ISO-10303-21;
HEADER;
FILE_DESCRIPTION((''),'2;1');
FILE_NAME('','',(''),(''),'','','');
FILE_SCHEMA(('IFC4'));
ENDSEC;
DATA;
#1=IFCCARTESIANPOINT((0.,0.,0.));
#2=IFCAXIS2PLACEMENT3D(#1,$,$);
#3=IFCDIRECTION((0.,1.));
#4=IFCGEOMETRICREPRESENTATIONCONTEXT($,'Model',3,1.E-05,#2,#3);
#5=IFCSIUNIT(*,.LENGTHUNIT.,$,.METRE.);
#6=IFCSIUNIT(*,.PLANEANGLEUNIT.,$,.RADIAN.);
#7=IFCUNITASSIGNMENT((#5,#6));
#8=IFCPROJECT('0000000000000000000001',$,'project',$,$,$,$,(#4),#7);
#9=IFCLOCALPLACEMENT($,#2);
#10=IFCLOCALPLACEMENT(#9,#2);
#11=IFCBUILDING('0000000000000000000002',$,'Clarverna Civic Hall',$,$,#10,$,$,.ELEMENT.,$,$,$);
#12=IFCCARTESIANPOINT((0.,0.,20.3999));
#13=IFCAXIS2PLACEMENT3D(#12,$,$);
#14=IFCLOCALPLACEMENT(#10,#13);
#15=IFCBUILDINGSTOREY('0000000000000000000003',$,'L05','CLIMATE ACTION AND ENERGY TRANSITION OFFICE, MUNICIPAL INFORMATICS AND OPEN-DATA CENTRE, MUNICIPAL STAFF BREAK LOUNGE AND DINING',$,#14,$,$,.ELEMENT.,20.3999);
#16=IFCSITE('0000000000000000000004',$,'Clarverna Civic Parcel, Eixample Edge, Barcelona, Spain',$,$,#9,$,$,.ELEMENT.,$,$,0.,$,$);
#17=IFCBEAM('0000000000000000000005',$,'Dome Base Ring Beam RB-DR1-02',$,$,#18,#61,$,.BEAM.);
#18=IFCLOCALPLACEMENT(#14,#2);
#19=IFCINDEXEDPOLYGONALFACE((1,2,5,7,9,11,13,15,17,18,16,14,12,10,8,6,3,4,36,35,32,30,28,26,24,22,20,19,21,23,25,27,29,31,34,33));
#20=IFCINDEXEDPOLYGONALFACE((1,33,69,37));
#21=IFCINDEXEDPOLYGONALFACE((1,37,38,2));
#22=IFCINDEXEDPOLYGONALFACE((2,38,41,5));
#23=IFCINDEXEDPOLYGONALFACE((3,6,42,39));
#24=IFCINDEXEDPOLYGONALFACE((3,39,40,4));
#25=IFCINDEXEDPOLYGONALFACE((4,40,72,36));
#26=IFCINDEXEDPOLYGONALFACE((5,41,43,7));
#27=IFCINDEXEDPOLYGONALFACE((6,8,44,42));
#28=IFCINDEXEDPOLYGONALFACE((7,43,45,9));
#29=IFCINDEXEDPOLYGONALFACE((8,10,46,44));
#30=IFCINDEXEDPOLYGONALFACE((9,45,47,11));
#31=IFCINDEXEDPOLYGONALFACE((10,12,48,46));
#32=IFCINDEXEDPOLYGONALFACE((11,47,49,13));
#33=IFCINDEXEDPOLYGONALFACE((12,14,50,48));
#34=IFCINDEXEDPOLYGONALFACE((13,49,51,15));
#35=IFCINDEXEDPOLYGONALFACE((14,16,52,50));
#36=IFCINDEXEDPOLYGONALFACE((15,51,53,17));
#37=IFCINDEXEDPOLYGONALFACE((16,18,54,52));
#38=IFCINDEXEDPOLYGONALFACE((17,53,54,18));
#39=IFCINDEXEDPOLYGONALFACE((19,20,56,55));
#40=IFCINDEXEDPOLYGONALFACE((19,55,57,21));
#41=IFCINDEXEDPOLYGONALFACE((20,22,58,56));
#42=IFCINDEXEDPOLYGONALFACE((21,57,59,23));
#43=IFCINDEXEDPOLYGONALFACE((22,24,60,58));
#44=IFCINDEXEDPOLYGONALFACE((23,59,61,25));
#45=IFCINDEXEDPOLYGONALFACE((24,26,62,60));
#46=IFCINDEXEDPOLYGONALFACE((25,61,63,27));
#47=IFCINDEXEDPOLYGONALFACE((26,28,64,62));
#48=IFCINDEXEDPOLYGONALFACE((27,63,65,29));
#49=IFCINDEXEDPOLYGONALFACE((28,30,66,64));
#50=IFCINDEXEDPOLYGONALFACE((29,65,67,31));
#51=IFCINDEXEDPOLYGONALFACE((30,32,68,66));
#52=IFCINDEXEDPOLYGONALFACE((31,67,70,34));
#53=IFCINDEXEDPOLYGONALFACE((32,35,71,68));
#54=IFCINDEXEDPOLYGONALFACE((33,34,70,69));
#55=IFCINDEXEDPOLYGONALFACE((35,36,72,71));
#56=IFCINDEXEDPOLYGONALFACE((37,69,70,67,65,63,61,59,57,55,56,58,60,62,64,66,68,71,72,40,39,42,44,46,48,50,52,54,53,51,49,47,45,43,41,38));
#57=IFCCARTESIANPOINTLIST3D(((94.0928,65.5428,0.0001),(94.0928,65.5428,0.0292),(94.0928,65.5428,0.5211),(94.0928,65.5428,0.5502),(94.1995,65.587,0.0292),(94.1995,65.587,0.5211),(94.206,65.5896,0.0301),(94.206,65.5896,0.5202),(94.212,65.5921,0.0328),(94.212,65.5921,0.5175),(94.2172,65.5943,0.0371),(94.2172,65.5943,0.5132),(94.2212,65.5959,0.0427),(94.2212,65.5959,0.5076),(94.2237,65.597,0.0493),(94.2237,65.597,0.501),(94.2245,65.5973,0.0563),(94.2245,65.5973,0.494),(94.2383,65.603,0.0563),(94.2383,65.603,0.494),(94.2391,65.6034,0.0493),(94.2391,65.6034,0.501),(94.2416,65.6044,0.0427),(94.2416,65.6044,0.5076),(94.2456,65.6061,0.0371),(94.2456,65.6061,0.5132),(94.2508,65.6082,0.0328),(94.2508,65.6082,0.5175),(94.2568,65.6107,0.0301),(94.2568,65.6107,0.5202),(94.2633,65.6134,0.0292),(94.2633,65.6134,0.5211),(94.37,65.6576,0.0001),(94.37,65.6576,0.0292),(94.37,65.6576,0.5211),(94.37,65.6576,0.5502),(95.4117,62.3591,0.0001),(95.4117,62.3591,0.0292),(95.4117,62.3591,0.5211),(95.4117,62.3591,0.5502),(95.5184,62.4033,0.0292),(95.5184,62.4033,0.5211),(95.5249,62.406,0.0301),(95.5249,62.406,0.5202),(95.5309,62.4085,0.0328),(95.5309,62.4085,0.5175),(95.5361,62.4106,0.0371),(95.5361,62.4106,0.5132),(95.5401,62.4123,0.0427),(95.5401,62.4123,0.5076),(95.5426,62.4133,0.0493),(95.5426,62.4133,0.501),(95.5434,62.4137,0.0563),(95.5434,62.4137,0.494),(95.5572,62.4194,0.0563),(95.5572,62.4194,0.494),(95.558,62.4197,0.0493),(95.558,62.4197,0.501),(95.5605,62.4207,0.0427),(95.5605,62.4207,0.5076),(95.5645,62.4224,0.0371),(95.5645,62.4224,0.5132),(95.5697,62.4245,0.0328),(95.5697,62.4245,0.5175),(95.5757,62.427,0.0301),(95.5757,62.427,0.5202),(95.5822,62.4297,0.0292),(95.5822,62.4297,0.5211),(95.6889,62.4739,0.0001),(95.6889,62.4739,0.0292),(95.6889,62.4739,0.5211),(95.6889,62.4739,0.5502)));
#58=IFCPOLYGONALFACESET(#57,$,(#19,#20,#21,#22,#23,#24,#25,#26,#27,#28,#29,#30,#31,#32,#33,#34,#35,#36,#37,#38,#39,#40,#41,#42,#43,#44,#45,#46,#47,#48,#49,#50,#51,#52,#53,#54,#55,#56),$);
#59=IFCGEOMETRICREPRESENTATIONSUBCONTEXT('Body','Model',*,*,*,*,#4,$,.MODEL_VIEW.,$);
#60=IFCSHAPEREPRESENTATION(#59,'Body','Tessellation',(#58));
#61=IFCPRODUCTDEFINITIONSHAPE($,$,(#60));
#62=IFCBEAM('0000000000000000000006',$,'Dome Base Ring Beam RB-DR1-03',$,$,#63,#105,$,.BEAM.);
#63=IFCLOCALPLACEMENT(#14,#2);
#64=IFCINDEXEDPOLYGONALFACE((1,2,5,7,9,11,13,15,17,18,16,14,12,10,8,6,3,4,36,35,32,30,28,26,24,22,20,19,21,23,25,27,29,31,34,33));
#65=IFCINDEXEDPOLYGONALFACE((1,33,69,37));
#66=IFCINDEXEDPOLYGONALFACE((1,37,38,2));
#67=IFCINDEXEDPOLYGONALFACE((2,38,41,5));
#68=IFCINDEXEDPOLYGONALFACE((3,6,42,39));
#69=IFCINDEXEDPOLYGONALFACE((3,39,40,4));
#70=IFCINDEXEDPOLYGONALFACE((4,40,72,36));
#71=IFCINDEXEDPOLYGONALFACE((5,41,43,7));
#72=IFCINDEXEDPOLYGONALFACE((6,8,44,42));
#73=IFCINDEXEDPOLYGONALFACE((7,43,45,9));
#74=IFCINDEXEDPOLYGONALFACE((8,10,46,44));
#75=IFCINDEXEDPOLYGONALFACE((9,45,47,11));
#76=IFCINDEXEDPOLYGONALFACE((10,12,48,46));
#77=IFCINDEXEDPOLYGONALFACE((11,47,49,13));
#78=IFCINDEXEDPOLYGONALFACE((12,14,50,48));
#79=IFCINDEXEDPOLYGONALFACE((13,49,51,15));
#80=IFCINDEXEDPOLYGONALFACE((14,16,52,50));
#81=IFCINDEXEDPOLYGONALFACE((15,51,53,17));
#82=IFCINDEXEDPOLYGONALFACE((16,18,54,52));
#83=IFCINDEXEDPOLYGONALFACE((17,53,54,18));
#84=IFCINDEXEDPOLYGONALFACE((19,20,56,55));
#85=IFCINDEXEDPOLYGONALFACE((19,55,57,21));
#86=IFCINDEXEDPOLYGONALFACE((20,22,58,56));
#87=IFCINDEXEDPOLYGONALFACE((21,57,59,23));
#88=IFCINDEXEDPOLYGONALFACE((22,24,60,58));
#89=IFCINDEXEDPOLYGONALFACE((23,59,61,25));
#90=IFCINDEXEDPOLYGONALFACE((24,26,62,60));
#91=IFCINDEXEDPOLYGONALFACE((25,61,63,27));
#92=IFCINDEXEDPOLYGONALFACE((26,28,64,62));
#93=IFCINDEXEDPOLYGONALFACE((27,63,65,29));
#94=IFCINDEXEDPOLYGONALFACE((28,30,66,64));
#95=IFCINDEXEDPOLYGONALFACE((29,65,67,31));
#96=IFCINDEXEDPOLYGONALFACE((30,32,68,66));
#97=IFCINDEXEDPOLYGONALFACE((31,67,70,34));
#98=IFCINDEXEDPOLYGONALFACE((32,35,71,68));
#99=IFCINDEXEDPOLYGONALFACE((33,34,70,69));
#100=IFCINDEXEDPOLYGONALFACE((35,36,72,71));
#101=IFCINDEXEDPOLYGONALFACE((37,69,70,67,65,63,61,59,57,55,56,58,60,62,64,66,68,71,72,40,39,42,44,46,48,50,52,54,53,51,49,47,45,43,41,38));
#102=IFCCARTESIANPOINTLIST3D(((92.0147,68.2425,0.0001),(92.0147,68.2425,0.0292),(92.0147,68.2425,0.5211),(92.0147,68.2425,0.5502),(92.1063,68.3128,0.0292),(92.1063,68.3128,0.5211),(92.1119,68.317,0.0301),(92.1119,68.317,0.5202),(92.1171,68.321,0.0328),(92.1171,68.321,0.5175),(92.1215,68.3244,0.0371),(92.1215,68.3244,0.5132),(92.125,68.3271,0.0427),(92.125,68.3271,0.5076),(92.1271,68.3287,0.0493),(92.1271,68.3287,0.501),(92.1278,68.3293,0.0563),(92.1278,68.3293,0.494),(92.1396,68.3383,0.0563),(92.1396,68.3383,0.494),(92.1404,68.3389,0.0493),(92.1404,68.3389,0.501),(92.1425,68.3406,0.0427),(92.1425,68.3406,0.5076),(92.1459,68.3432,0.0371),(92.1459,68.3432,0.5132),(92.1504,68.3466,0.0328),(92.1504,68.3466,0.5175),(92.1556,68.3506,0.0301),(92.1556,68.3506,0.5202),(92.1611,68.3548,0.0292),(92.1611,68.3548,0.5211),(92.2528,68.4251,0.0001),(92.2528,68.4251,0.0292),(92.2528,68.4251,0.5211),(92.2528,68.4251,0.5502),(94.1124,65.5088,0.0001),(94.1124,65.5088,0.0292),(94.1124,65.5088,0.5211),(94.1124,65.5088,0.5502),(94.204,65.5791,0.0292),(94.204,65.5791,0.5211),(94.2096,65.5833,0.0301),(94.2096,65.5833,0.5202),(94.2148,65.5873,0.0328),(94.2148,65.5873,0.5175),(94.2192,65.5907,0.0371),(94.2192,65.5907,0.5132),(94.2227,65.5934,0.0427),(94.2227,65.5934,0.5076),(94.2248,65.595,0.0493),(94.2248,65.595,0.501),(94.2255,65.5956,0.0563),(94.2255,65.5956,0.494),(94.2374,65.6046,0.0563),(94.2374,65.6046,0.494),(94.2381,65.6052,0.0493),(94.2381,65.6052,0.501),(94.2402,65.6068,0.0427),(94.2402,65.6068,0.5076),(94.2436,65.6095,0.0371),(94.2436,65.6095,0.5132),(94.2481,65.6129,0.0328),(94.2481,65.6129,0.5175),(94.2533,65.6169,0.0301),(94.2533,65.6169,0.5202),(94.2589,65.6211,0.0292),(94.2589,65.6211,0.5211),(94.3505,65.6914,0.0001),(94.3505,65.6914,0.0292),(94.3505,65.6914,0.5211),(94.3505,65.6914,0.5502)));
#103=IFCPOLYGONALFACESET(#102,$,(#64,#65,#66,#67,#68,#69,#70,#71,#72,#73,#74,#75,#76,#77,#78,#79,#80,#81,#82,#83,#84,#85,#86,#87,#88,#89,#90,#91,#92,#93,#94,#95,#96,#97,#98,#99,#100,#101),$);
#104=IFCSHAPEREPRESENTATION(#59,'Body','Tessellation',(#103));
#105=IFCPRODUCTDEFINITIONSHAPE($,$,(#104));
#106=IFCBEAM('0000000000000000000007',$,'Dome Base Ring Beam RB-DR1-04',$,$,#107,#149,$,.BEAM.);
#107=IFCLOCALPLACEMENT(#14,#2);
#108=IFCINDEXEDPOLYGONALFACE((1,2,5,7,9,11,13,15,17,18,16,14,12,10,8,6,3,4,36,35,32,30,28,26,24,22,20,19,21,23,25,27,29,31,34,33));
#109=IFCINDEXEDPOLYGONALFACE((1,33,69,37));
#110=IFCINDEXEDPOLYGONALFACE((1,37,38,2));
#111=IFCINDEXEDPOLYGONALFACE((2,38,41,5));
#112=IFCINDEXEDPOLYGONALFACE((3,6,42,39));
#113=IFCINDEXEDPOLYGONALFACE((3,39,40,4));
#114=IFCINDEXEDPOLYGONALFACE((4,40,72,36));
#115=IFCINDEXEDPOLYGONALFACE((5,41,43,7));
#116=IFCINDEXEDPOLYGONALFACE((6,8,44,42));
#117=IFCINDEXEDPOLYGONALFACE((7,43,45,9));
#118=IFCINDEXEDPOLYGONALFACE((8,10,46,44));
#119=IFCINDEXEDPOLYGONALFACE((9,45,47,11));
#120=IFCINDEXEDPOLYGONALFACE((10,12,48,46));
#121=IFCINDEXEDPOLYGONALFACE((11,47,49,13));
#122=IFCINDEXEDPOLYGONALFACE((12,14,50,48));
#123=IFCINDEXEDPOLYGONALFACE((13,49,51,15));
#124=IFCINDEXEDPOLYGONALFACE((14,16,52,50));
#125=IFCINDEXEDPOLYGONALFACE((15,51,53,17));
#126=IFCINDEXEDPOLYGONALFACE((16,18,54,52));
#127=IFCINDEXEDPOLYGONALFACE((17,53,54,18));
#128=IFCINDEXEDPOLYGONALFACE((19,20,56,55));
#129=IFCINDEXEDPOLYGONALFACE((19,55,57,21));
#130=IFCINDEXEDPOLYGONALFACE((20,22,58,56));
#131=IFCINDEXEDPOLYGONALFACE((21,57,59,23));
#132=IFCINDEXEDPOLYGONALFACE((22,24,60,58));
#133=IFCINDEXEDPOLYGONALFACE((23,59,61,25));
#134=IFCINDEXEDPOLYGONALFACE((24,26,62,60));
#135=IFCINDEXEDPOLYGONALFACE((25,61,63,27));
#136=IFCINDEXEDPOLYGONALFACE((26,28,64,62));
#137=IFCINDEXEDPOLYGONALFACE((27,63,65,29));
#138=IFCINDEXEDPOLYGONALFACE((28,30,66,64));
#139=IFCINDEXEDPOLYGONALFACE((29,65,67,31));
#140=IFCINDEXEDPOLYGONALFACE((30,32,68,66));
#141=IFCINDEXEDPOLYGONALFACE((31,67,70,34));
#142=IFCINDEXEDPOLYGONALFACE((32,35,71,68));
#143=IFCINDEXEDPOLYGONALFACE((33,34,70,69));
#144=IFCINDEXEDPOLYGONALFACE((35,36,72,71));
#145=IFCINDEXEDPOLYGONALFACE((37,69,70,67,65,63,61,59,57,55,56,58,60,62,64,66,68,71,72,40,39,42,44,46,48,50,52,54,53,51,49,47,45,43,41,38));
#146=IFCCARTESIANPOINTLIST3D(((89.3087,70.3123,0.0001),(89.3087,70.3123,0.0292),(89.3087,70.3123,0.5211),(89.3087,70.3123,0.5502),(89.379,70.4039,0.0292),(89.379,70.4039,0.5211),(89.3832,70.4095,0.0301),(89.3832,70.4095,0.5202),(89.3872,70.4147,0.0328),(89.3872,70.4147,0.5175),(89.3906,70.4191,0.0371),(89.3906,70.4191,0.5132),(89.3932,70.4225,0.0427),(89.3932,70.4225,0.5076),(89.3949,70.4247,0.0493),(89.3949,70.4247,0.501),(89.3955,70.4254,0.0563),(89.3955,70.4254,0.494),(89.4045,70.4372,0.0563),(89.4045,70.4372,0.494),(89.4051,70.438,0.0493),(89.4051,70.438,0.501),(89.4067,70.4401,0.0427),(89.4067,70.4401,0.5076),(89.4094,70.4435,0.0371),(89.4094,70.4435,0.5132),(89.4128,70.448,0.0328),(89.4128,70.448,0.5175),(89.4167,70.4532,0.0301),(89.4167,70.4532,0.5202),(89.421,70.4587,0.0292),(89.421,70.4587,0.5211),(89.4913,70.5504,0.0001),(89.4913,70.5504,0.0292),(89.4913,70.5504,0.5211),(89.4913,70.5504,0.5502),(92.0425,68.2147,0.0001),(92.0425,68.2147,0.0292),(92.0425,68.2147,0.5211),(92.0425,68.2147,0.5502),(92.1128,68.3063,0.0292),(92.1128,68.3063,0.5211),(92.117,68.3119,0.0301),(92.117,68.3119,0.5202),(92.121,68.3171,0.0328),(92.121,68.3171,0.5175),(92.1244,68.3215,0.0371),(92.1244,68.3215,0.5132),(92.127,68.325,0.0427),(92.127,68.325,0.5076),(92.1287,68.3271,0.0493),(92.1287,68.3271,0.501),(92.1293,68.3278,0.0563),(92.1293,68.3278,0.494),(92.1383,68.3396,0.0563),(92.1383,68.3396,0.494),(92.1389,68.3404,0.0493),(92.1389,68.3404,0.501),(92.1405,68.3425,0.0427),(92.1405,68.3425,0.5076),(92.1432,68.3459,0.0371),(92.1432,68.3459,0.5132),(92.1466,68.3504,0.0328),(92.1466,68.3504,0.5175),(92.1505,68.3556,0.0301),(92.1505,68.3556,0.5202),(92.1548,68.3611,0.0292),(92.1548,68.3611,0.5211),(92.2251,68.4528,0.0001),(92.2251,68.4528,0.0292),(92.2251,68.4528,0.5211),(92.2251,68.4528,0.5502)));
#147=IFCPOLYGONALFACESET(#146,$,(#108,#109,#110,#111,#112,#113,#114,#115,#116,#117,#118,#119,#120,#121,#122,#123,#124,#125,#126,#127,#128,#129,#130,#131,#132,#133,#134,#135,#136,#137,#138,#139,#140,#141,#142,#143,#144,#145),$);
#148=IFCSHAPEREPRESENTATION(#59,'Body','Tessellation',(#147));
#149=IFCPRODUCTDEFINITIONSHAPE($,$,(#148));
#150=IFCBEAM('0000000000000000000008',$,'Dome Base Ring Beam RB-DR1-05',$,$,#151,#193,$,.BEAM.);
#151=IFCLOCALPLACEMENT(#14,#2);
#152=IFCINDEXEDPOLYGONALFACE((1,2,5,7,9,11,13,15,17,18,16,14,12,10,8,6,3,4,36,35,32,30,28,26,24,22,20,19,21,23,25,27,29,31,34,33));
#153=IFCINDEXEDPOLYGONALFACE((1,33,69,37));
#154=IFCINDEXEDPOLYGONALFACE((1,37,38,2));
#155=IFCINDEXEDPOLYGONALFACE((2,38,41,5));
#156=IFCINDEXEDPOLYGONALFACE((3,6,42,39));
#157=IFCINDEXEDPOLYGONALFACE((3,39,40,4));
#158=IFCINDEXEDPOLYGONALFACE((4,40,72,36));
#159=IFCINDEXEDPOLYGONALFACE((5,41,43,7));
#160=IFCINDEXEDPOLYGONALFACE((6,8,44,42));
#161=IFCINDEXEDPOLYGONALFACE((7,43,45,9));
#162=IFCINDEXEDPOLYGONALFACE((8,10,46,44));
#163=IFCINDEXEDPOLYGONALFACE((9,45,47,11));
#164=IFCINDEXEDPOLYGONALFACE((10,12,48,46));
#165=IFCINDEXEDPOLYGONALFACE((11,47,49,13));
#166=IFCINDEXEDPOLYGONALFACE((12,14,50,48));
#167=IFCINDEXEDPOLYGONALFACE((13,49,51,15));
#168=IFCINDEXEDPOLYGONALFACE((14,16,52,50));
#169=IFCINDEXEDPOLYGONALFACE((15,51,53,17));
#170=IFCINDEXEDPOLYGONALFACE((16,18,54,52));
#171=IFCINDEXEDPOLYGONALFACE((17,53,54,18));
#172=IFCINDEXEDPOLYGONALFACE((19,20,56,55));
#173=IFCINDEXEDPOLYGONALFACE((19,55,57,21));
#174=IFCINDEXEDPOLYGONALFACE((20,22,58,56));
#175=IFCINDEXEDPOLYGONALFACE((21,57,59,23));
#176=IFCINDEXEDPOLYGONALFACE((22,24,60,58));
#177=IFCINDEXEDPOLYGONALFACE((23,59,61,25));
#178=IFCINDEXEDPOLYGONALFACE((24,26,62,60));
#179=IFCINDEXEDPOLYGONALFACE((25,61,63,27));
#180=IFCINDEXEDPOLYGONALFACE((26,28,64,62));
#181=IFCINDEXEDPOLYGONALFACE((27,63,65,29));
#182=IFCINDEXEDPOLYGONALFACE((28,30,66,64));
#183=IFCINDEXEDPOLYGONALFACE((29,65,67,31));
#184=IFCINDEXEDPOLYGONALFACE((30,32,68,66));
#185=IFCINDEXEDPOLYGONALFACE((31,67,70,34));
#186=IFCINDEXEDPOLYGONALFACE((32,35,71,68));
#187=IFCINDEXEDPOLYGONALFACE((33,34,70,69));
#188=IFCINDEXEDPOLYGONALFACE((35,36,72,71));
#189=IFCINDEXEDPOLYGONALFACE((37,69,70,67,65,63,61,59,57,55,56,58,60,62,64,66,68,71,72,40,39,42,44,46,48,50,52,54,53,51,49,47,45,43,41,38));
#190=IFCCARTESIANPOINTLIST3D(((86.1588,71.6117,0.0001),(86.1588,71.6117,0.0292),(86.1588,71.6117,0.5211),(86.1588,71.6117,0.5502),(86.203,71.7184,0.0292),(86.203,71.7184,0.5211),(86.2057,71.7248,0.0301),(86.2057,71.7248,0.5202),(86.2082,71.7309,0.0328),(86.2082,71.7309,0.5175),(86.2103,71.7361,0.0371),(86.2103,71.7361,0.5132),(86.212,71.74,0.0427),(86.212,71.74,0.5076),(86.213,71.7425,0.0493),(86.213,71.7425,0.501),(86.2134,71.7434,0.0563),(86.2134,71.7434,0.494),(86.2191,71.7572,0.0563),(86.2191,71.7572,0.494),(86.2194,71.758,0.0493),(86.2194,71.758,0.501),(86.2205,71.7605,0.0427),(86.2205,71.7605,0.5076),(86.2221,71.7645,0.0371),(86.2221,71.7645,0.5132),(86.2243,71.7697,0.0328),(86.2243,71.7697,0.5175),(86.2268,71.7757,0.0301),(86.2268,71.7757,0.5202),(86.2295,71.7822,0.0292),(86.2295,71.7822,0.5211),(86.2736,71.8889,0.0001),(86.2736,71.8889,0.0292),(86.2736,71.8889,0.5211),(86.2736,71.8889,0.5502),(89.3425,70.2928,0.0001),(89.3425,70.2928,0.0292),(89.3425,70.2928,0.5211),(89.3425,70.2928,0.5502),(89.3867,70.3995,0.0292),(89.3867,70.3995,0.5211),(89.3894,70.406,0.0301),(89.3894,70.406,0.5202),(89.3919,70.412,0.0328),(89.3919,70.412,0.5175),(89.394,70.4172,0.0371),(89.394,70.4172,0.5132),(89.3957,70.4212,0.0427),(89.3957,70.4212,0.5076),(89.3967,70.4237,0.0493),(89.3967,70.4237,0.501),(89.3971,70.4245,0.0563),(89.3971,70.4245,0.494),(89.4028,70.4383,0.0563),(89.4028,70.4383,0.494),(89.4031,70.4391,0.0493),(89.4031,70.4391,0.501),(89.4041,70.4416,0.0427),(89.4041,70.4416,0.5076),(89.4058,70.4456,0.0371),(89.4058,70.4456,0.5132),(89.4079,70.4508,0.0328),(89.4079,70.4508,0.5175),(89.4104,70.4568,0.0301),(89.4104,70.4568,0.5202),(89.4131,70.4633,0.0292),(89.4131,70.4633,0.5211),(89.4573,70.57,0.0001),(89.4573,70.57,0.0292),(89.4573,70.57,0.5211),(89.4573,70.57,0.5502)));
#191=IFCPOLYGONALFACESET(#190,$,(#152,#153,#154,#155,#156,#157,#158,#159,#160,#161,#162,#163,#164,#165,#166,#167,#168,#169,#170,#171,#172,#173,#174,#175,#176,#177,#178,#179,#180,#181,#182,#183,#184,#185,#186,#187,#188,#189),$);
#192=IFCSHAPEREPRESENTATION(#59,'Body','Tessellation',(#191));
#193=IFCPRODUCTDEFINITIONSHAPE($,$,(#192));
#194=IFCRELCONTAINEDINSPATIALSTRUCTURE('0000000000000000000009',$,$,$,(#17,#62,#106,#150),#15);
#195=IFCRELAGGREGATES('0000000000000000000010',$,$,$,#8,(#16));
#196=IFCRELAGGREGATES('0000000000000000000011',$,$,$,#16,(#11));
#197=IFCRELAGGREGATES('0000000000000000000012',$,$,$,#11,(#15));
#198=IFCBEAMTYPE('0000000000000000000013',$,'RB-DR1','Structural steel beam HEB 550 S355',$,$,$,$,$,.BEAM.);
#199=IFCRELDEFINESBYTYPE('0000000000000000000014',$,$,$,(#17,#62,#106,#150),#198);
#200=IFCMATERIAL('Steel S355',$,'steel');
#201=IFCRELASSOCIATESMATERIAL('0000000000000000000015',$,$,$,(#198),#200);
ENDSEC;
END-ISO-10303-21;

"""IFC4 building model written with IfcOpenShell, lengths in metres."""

from ifc_helpers import new_model, si_unit, direction, frame, origin, origin_2d, place, context, subcontext, project, spatial, i_section, extrude, material, material_profile, profile_set, type_object, element, save


model = new_model("IFC4")

# Units and contexts
model_context = context("Model", 3, precision=1e-05, world=origin(), true_north=direction((0.0, 1.0)))
body_context = subcontext(model_context, "Body", "Model", "MODEL_VIEW")
ifc_project = project(units=[si_unit("LENGTHUNIT", "METRE"), si_unit("PLANEANGLEUNIT", "RADIAN")], contexts=[model_context])

# Site, building, storey
site_placement = place(None, origin())
site = spatial("IfcSite", under=ifc_project, at=site_placement, Name="Clarverna Civic Parcel, Eixample Edge, Barcelona, Spain", CompositionType="ELEMENT", RefElevation=0.0)
building_placement = place(site_placement, origin())
building = spatial("IfcBuilding", under=site, at=building_placement, Name="Clarverna Civic Hall", CompositionType="ELEMENT")
storey_placement = place(building_placement, frame((0.0, 0.0, 20.3999)))
storey = spatial("IfcBuildingStorey", under=building, at=storey_placement, Name="L05", Description="CLIMATE ACTION AND ENERGY TRANSITION OFFICE, MUNICIPAL INFORMATICS AND OPEN-DATA CENTRE, MUNICIPAL STAFF BREAK LOUNGE AND DINING", CompositionType="ELEMENT", Elevation=20.3999)

# Beams
ifc_material_1 = material(Name="Steel S355", Category="steel")
ifc_material_profile = material_profile(ifc_material_1, i_section(OverallWidth=0.3, OverallDepth=0.55, WebThickness=0.0149, FlangeThickness=0.0291, FilletRadius=0.0271, at=origin_2d()), Name="HEB 550")
ifc_profile_set = profile_set([ifc_material_profile], Name="Steel S355")
beam_type = type_object("IfcBeamType", Name="RB-DR1", Description="Structural steel beam HEB 550 S355", PredefinedType="BEAM", material=ifc_profile_set)
beam_1_placement = place(storey_placement, frame((95.5503, 62.4165, 0.2751), z_axis=(-0.382723, 0.923863, 0.0), x_axis=(-0.923863, -0.382723, 0.0)))
element("IfcBeam", 1, at=beam_1_placement, inside=storey, type_object=beam_type, Name="Dome Base Ring Beam RB-DR1-02", PredefinedType="BEAM", context=body_context, shape_type="SweptSolid", body=[
    extrude(i_section(OverallWidth=0.3, OverallDepth=0.55, WebThickness=0.0149, FlangeThickness=0.0291, FilletRadius=0.0271, at=origin_2d()), origin(), (0.0, 0.0, 1.0), 3.446),
])
for number, where, z_axis, x_axis, name in (
    (2, (94.2314, 65.6001, 0.2751), (-0.608772, 0.793345, 0.0), (-0.793345, -0.608772, 0.0), "Dome Base Ring Beam RB-DR1-03"),
    (3, (92.1338, 68.3337, 0.2751), (-0.793371, 0.608738, 0.0), (-0.608738, -0.793371, 0.0), "Dome Base Ring Beam RB-DR1-04"),
):
    element("IfcBeam", number, at=place(storey_placement, frame(where, z_axis=z_axis, x_axis=x_axis)), inside=storey, type_object=beam_type, Name=name, PredefinedType="BEAM", context=body_context, shape_type="SweptSolid", body=[
        extrude(i_section(OverallWidth=0.3, OverallDepth=0.55, WebThickness=0.0149, FlangeThickness=0.0291, FilletRadius=0.0271, at=origin_2d()), origin(), (0.0, 0.0, 1.0), 3.4458),
    ])
beam_2_placement = place(storey_placement, frame((89.3999, 70.4314, 0.2751), z_axis=(-0.923863, 0.382723, 0.0), x_axis=(-0.382723, -0.923863, 0.0)))
element("IfcBeam", 4, at=beam_2_placement, inside=storey, type_object=beam_type, Name="Dome Base Ring Beam RB-DR1-05", PredefinedType="BEAM", context=body_context, shape_type="SweptSolid", body=[
    extrude(i_section(OverallWidth=0.3, OverallDepth=0.55, WebThickness=0.0149, FlangeThickness=0.0291, FilletRadius=0.0271, at=origin_2d()), origin(), (0.0, 0.0, 1.0), 3.446),
])

save(model, "model.ifc")
